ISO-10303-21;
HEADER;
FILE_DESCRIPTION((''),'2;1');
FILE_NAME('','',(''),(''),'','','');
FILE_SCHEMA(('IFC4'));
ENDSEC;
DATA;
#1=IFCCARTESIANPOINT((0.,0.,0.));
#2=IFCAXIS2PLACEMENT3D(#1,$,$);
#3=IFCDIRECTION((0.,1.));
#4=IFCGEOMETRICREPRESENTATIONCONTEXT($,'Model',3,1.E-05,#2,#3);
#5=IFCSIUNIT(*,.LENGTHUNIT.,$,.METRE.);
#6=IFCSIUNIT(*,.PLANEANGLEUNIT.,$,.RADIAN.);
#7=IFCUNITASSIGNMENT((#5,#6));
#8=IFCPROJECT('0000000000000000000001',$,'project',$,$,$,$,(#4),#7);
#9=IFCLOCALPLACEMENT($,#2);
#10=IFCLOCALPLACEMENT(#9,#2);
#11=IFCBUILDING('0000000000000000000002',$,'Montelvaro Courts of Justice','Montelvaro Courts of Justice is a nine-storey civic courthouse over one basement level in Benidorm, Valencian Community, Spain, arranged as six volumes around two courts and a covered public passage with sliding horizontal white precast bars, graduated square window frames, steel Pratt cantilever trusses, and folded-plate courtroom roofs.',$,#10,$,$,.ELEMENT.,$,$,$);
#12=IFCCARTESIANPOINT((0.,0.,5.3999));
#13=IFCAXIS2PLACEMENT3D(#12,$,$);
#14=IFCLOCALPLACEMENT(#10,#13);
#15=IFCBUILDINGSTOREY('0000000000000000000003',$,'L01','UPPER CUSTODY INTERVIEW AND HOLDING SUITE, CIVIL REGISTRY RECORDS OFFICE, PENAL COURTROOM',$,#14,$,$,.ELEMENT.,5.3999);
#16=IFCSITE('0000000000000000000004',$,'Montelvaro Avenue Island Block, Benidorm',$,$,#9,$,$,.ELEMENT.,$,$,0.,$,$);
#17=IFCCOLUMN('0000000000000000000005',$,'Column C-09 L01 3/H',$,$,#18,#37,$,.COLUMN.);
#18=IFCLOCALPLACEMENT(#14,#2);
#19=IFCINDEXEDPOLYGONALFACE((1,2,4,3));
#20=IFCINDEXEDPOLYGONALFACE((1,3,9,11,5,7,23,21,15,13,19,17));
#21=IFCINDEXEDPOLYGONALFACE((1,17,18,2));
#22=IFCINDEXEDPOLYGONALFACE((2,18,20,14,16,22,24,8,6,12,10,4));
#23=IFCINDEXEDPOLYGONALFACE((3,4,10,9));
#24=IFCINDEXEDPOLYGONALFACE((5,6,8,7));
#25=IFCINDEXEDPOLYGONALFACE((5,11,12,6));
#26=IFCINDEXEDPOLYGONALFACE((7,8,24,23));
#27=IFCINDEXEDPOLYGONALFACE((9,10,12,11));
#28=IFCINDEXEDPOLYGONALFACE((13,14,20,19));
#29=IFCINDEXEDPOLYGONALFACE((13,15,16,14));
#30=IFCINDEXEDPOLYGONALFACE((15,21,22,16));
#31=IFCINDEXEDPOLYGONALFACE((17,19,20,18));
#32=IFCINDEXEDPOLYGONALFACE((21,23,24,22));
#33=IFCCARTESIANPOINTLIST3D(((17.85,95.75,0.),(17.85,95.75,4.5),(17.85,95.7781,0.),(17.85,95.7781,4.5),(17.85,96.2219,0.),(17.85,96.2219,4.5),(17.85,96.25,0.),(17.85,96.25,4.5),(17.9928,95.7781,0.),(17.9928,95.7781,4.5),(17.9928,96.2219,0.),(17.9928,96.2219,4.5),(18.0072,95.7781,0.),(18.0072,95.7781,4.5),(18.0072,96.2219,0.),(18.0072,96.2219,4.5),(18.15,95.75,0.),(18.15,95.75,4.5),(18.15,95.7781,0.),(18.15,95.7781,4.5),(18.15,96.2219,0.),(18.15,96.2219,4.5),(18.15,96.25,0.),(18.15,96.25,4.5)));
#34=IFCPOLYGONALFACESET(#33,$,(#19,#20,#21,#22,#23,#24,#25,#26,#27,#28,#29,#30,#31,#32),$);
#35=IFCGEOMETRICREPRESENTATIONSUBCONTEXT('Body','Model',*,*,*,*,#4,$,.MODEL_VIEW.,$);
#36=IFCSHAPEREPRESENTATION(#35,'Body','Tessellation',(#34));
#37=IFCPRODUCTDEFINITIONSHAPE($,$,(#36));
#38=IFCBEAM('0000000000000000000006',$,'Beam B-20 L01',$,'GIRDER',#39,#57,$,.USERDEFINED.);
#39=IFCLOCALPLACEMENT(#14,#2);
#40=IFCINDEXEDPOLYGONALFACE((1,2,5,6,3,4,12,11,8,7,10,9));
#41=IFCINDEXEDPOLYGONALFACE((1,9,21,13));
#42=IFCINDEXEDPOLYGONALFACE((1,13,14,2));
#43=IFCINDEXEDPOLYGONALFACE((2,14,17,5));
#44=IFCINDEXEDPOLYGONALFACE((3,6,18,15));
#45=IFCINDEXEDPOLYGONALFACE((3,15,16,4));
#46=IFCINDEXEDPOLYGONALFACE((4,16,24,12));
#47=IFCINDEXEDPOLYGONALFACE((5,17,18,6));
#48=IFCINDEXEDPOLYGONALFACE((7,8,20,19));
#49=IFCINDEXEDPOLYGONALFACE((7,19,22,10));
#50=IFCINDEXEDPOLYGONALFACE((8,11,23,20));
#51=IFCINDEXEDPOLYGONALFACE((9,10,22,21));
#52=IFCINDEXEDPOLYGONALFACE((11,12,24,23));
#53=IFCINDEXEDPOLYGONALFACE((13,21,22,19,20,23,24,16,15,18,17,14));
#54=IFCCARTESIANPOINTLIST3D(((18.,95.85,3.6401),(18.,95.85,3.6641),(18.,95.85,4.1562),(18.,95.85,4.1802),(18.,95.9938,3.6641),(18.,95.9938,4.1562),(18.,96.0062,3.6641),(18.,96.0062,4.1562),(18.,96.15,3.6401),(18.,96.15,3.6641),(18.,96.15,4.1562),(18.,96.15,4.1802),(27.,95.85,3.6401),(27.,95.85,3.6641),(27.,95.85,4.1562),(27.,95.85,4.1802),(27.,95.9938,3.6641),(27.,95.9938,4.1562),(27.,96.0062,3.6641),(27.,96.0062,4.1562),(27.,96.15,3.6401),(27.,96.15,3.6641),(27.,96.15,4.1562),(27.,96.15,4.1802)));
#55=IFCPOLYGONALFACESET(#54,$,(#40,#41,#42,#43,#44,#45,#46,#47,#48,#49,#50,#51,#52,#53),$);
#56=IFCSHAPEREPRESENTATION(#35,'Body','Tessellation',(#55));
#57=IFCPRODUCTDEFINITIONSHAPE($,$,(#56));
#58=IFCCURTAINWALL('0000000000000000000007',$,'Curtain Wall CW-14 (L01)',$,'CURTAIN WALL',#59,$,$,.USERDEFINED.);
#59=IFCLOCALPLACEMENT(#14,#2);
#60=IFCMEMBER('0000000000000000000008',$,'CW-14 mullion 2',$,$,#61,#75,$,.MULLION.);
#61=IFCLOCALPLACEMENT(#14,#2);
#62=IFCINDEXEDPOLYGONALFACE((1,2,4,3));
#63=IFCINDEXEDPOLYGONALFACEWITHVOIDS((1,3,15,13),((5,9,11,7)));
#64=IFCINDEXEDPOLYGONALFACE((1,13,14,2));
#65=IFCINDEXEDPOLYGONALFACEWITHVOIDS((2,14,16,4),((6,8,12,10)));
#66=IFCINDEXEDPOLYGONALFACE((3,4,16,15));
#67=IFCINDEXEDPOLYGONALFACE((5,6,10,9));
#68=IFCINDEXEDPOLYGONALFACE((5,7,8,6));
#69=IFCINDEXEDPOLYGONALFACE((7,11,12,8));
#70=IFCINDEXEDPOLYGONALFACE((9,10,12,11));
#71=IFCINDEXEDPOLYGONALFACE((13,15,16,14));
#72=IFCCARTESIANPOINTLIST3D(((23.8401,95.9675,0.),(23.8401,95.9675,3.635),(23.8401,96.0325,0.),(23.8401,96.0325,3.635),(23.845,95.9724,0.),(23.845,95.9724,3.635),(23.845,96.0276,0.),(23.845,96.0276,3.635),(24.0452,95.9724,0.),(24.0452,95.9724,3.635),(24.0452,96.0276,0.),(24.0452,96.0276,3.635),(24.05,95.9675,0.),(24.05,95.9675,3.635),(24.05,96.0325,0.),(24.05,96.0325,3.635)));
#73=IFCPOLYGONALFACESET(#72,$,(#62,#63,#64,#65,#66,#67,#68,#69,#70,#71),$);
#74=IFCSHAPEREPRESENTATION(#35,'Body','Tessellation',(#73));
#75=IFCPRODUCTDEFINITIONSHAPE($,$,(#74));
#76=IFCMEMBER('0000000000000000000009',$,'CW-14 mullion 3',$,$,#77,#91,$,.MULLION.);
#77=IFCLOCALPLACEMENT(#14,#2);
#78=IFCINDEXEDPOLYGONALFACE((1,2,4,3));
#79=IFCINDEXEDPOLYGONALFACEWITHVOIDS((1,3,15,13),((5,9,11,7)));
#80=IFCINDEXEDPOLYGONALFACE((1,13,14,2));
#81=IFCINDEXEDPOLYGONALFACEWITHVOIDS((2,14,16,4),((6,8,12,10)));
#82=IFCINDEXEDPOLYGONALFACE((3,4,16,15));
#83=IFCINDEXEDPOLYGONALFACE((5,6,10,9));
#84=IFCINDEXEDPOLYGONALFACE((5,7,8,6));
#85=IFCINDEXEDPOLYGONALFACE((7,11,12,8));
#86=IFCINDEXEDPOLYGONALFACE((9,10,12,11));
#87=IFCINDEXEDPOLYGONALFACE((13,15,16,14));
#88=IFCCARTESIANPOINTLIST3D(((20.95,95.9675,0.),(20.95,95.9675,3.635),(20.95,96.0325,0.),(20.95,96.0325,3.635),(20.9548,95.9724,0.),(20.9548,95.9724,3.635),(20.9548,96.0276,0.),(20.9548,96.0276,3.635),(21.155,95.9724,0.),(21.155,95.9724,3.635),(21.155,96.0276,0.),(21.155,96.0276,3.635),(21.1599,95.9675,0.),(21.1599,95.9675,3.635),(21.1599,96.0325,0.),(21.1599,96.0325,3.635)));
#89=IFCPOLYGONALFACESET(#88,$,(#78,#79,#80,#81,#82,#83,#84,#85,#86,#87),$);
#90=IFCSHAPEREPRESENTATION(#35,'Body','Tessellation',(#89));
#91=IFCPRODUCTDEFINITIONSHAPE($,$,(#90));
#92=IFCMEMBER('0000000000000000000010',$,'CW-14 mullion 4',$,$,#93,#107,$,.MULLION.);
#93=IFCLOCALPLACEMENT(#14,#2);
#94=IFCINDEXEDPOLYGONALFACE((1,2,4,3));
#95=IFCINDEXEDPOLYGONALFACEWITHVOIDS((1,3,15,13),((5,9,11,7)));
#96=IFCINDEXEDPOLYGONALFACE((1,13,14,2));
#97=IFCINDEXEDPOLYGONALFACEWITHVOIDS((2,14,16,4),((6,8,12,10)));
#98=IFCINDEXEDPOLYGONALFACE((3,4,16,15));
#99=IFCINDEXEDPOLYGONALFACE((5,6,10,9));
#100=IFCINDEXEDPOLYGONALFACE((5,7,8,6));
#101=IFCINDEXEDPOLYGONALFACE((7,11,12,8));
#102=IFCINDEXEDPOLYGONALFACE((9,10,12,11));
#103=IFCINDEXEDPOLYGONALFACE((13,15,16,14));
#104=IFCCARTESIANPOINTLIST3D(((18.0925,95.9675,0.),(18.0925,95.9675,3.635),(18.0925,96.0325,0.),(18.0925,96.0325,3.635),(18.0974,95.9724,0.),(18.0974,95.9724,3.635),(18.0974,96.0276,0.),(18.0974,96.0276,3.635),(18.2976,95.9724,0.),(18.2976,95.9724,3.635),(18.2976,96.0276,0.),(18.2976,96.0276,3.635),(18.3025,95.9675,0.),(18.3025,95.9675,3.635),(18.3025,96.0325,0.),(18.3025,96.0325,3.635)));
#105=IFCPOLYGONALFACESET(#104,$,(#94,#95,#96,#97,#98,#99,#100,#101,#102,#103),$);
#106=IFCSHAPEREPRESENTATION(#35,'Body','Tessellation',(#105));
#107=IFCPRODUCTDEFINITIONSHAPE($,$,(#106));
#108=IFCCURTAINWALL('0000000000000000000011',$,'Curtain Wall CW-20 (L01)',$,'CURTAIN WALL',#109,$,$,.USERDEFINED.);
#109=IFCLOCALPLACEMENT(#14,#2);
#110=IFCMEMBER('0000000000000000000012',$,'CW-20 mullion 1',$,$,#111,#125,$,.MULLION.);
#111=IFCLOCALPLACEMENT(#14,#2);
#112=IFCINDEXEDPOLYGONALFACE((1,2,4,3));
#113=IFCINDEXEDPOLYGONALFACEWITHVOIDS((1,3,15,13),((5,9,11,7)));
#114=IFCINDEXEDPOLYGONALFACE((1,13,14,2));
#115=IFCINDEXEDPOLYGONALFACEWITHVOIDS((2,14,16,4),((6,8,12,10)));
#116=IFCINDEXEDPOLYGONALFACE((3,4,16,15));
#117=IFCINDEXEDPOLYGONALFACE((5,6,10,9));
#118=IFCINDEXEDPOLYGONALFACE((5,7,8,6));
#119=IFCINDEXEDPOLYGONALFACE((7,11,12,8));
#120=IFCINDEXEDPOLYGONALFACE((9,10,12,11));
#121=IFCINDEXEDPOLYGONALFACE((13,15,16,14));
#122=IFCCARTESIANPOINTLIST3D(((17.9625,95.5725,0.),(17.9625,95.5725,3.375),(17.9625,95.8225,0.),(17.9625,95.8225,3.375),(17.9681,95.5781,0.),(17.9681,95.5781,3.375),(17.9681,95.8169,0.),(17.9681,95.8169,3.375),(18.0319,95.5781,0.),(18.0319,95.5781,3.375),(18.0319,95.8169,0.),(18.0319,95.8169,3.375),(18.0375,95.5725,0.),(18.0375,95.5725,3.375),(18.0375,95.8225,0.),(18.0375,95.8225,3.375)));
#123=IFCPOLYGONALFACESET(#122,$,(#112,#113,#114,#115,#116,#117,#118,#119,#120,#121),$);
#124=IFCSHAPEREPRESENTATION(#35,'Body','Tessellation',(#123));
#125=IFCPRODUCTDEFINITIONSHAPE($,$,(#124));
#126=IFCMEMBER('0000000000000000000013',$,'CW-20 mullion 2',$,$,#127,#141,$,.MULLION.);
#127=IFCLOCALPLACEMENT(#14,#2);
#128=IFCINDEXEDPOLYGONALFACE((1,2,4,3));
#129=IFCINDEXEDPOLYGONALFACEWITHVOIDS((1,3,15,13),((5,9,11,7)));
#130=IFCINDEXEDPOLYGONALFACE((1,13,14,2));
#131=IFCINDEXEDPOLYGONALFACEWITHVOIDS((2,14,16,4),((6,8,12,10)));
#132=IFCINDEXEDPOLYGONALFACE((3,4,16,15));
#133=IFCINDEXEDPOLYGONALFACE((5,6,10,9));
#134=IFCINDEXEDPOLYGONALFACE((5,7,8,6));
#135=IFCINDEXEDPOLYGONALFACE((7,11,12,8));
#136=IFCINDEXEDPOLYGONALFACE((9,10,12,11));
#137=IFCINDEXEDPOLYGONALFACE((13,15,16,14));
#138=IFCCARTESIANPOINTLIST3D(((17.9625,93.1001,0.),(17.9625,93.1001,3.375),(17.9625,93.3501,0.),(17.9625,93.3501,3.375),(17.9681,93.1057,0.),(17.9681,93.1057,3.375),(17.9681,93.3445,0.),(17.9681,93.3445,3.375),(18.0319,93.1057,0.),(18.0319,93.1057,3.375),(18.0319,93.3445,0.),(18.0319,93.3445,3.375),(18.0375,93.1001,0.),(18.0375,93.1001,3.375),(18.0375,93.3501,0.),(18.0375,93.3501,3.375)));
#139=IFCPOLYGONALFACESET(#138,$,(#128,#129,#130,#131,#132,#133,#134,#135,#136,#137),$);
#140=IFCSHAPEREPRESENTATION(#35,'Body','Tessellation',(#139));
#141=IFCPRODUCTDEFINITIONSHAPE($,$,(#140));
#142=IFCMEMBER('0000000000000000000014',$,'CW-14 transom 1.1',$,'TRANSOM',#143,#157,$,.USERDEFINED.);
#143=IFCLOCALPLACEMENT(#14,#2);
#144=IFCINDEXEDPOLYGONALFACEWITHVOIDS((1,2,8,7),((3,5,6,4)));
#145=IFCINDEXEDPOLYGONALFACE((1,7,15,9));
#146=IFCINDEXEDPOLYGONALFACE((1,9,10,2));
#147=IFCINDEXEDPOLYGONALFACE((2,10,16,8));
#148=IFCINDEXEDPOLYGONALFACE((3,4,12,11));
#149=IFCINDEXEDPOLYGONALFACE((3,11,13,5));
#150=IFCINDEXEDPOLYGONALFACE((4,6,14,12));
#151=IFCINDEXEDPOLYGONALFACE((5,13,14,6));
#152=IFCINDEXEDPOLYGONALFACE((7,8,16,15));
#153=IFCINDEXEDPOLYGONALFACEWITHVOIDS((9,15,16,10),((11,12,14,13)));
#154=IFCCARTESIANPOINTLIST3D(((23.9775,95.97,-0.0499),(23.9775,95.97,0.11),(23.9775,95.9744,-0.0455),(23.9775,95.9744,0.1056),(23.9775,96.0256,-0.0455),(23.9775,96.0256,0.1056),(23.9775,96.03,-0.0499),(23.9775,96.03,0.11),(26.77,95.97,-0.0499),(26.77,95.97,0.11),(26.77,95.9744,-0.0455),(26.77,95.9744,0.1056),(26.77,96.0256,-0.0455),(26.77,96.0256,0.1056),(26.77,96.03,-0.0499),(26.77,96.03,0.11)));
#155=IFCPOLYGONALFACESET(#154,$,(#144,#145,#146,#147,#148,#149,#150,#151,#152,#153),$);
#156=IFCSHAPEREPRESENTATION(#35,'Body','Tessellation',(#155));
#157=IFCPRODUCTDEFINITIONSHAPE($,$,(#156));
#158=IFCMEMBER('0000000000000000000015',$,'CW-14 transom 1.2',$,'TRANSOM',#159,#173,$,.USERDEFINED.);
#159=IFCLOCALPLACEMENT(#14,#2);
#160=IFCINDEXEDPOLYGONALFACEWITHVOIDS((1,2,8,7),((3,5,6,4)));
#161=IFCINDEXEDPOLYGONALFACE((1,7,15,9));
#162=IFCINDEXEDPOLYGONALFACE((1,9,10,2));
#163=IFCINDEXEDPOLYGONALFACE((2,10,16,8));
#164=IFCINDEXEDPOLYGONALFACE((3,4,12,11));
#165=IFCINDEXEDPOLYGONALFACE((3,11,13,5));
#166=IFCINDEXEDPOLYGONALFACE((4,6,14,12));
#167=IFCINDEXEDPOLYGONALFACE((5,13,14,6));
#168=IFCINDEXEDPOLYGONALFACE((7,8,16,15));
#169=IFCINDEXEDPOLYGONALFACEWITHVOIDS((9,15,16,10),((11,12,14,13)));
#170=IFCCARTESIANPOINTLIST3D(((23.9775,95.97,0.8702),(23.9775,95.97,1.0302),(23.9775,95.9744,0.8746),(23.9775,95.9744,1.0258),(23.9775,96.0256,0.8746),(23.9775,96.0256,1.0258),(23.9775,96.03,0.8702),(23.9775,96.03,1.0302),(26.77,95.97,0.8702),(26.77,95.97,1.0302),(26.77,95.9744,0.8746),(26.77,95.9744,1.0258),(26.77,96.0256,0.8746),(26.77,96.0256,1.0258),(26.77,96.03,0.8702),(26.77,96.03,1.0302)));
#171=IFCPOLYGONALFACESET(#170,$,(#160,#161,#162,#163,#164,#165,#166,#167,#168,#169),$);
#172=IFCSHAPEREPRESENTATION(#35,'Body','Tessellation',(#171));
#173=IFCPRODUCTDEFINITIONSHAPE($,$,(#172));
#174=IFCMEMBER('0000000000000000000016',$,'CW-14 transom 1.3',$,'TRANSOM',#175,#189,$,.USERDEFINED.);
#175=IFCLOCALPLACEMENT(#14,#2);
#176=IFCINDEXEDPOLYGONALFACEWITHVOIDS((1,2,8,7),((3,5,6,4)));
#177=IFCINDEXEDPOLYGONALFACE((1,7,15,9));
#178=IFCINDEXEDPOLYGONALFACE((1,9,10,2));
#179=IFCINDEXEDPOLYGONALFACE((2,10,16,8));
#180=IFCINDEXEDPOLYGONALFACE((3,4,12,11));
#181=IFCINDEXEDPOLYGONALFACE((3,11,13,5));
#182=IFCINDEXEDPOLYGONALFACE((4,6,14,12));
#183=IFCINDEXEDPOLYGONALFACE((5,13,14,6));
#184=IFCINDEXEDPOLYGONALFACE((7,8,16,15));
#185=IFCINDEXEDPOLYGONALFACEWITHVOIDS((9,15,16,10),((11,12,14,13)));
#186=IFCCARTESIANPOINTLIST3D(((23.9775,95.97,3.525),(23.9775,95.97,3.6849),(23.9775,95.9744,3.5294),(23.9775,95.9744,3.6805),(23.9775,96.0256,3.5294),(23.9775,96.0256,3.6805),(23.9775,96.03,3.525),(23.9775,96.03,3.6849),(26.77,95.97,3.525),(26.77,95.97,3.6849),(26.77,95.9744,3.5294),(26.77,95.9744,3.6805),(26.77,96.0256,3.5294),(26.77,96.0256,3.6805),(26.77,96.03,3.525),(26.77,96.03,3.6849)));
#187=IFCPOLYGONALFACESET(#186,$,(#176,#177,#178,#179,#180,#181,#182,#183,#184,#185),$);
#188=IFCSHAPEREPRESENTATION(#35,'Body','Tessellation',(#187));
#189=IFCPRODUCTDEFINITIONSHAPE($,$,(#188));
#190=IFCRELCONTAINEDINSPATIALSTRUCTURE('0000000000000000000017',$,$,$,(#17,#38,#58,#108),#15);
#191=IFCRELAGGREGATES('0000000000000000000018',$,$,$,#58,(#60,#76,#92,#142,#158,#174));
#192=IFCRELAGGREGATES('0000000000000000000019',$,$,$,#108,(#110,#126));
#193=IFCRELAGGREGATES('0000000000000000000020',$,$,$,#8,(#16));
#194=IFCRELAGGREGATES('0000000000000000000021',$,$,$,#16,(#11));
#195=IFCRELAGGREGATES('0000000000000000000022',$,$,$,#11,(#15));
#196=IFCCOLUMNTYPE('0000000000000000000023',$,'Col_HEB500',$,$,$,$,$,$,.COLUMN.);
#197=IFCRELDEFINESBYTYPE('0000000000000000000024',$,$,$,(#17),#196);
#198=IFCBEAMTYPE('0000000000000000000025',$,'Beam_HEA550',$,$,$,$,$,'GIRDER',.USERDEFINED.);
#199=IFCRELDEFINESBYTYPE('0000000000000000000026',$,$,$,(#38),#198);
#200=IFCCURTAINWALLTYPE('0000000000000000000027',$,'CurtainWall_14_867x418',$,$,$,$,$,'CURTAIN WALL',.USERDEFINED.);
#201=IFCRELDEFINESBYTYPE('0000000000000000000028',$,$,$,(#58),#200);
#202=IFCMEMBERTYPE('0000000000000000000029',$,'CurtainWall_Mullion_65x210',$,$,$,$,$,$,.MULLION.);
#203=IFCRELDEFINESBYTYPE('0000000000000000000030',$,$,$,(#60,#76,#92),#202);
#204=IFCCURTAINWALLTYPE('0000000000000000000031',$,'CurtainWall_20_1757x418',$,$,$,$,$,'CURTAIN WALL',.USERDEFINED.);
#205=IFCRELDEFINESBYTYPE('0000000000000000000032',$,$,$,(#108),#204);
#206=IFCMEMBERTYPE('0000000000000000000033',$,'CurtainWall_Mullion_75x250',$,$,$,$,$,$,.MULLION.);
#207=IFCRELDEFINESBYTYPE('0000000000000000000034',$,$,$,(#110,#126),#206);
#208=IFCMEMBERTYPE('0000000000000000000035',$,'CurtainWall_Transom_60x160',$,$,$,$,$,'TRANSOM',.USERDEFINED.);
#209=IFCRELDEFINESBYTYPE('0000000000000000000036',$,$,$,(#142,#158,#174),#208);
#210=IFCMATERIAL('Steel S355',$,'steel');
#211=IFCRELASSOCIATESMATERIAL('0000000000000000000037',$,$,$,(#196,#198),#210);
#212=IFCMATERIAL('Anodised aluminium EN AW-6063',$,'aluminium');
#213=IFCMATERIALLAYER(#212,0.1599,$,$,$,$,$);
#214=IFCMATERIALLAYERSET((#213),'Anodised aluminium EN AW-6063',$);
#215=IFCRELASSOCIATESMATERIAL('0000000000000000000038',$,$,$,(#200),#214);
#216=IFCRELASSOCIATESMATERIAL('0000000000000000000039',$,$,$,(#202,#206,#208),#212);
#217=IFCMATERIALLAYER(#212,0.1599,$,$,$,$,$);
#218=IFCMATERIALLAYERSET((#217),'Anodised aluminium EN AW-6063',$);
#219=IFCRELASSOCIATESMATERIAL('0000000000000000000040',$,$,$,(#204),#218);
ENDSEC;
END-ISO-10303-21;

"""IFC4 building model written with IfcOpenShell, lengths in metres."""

from ifc_helpers import new_model, si_unit, direction, frame, origin, origin_2d, place, context, subcontext, project, spatial, hollow_rectangle, i_section, extrude, material, layer, layer_set, material_profile, profile_set, type_object, element, aggregate, save


model = new_model("IFC4")

# Units and contexts
model_context = context("Model", 3, precision=1e-05, world=origin(), true_north=direction((0.0, 1.0)))
body_context = subcontext(model_context, "Body", "Model", "MODEL_VIEW")
ifc_project = project(units=[si_unit("LENGTHUNIT", "METRE"), si_unit("PLANEANGLEUNIT", "RADIAN")], contexts=[model_context])

# Site, building, storey
site_placement = place(None, origin())
site = spatial("IfcSite", under=ifc_project, at=site_placement, Name="Montelvaro Avenue Island Block, Benidorm", CompositionType="ELEMENT", RefElevation=0.0)
building_placement = place(site_placement, origin())
building = spatial("IfcBuilding", under=site, at=building_placement, Name="Montelvaro Courts of Justice", Description="Montelvaro Courts of Justice is a nine-storey civic courthouse over one basement level in Benidorm, Valencian Community, Spain, arranged as six volumes around two courts and a covered public passage with sliding horizontal white precast bars, graduated square window frames, steel Pratt cantilever trusses, and folded-plate courtroom roofs.", CompositionType="ELEMENT")
storey_placement = place(building_placement, frame((0.0, 0.0, 5.3999)))
storey = spatial("IfcBuildingStorey", under=building, at=storey_placement, Name="L01", Description="UPPER CUSTODY INTERVIEW AND HOLDING SUITE, CIVIL REGISTRY RECORDS OFFICE, PENAL COURTROOM", CompositionType="ELEMENT", Elevation=5.3999)

# Column
ifc_material_1 = material(Name="Steel S355", Category="steel")
ifc_material_profile_1 = material_profile(ifc_material_1, i_section(OverallWidth=0.3, OverallDepth=0.5, WebThickness=0.0144, FlangeThickness=0.0281, at=origin_2d()), Name="HEB 500")
ifc_profile_set_1 = profile_set([ifc_material_profile_1], Name="Steel S355")
column_type = type_object("IfcColumnType", Name="Col_HEB500", PredefinedType="COLUMN", material=ifc_profile_set_1)
column_placement = place(storey_placement, frame((18.0, 96.0, 0.0), z_axis=(0.0, 0.0, 1.0), x_axis=(1.0, 0.0, 0.0)))
element("IfcColumn", 1, at=column_placement, inside=storey, type_object=column_type, Name="Column C-09 L01 3/H", PredefinedType="COLUMN", context=body_context, shape_type="SweptSolid", body=[
    extrude(i_section(OverallWidth=0.3, OverallDepth=0.5, WebThickness=0.0144, FlangeThickness=0.0281, at=origin_2d()), origin(), (0.0, 0.0, 1.0), 4.5),
])

# Beam
ifc_material_profile_2 = material_profile(ifc_material_1, i_section(OverallWidth=0.3, OverallDepth=0.54, WebThickness=0.0125, FlangeThickness=0.0239, at=origin_2d()), Name="HEA 550")
ifc_profile_set_2 = profile_set([ifc_material_profile_2], Name="Steel S355")
beam_type = type_object("IfcBeamType", Name="Beam_HEA550", ElementType="GIRDER", PredefinedType="USERDEFINED", material=ifc_profile_set_2)
beam_placement = place(storey_placement, frame((18.0, 96.0, 3.9102), z_axis=(1.0, 0.0, 0.0), x_axis=(0.0, 1.0, 0.0)))
element("IfcBeam", 2, at=beam_placement, inside=storey, type_object=beam_type, Name="Beam B-20 L01", ObjectType="GIRDER", PredefinedType="USERDEFINED", context=body_context, shape_type="SweptSolid", body=[
    extrude(i_section(OverallWidth=0.3, OverallDepth=0.54, WebThickness=0.0125, FlangeThickness=0.0239, at=origin_2d()), origin(), (0.0, 0.0, 1.0), 9.0),
])

# Curtain walls, members
ifc_material_2 = material(Name="Anodised aluminium EN AW-6063", Category="aluminium")
ifc_layer_1 = layer(ifc_material_2, 0.1599)
ifc_layer_set_1 = layer_set([ifc_layer_1], Name="Anodised aluminium EN AW-6063")
curtain_wall_type_1 = type_object("IfcCurtainWallType", Name="CurtainWall_14_867x418", ElementType="CURTAIN WALL", PredefinedType="USERDEFINED", material=ifc_layer_set_1)
curtain_wall_1_placement = place(storey_placement, origin())
curtain_wall_1 = element("IfcCurtainWall", 3, at=curtain_wall_1_placement, inside=storey, type_object=curtain_wall_type_1, Name="Curtain Wall CW-14 (L01)", ObjectType="CURTAIN WALL", PredefinedType="USERDEFINED")
ifc_material_profile_3 = material_profile(ifc_material_2, hollow_rectangle(XDim=0.0649, YDim=0.21, WallThickness=0.0049, at=origin_2d()), Name="ALU-M 65x210")
ifc_profile_set_3 = profile_set([ifc_material_profile_3], Name="Anodised aluminium EN AW-6063")
member_type_1 = type_object("IfcMemberType", Name="CurtainWall_Mullion_65x210", PredefinedType="MULLION", material=ifc_profile_set_3)
member_1_placement = place(storey_placement, frame((23.9451, 96.0, 0.0), z_axis=(0.0, 0.0, 1.0), x_axis=(0.0, -1.0, 0.0)))
member_1 = element("IfcMember", 4, at=member_1_placement, type_object=member_type_1, Name="CW-14 mullion 2", PredefinedType="MULLION", context=body_context, shape_type="SweptSolid", body=[
    extrude(hollow_rectangle(XDim=0.0649, YDim=0.21, WallThickness=0.0049, at=origin_2d()), origin(), (0.0, 0.0, 1.0), 3.635),
])
member_2_placement = place(storey_placement, frame((21.0549, 96.0, 0.0), z_axis=(0.0, 0.0, 1.0), x_axis=(0.0, -1.0, 0.0)))
member_2 = element("IfcMember", 5, at=member_2_placement, type_object=member_type_1, Name="CW-14 mullion 3", PredefinedType="MULLION", context=body_context, shape_type="SweptSolid", body=[
    extrude(hollow_rectangle(XDim=0.0649, YDim=0.21, WallThickness=0.0049, at=origin_2d()), origin(), (0.0, 0.0, 1.0), 3.635),
])
member_3_placement = place(storey_placement, frame((18.1975, 96.0, 0.0), z_axis=(0.0, 0.0, 1.0), x_axis=(0.0, -1.0, 0.0)))
member_3 = element("IfcMember", 6, at=member_3_placement, type_object=member_type_1, Name="CW-14 mullion 4", PredefinedType="MULLION", context=body_context, shape_type="SweptSolid", body=[
    extrude(hollow_rectangle(XDim=0.0649, YDim=0.21, WallThickness=0.0049, at=origin_2d()), origin(), (0.0, 0.0, 1.0), 3.635),
])
ifc_layer_2 = layer(ifc_material_2, 0.1599)
ifc_layer_set_2 = layer_set([ifc_layer_2], Name="Anodised aluminium EN AW-6063")
curtain_wall_type_2 = type_object("IfcCurtainWallType", Name="CurtainWall_20_1757x418", ElementType="CURTAIN WALL", PredefinedType="USERDEFINED", material=ifc_layer_set_2)
curtain_wall_2_placement = place(storey_placement, origin())
curtain_wall_2 = element("IfcCurtainWall", 7, at=curtain_wall_2_placement, inside=storey, type_object=curtain_wall_type_2, Name="Curtain Wall CW-20 (L01)", ObjectType="CURTAIN WALL", PredefinedType="USERDEFINED")
ifc_material_profile_4 = material_profile(ifc_material_2, hollow_rectangle(XDim=0.075, YDim=0.25, WallThickness=0.0056, at=origin_2d()), Name="ALU-M 75x250")
ifc_profile_set_4 = profile_set([ifc_material_profile_4], Name="Anodised aluminium EN AW-6063")
member_type_2 = type_object("IfcMemberType", Name="CurtainWall_Mullion_75x250", PredefinedType="MULLION", material=ifc_profile_set_4)
member_4_placement = place(storey_placement, frame((18.0, 95.6975, 0.0), z_axis=(0.0, 0.0, 1.0), x_axis=(1.0, 0.0, 0.0)))
member_4 = element("IfcMember", 8, at=member_4_placement, type_object=member_type_2, Name="CW-20 mullion 1", PredefinedType="MULLION", context=body_context, shape_type="SweptSolid", body=[
    extrude(hollow_rectangle(XDim=0.075, YDim=0.25, WallThickness=0.0056, at=origin_2d()), origin(), (0.0, 0.0, 1.0), 3.375),
])
member_5_placement = place(storey_placement, frame((18.0, 93.2251, 0.0), z_axis=(0.0, 0.0, 1.0), x_axis=(1.0, 0.0, 0.0)))
member_5 = element("IfcMember", 9, at=member_5_placement, type_object=member_type_2, Name="CW-20 mullion 2", PredefinedType="MULLION", context=body_context, shape_type="SweptSolid", body=[
    extrude(hollow_rectangle(XDim=0.075, YDim=0.25, WallThickness=0.0056, at=origin_2d()), origin(), (0.0, 0.0, 1.0), 3.375),
])

# Members
ifc_material_profile_5 = material_profile(ifc_material_2, hollow_rectangle(XDim=0.0601, YDim=0.1599, WallThickness=0.0044, at=origin_2d()), Name="ALU-T 60x160")
ifc_profile_set_5 = profile_set([ifc_material_profile_5], Name="Anodised aluminium EN AW-6063")
member_type_3 = type_object("IfcMemberType", Name="CurtainWall_Transom_60x160", ElementType="TRANSOM", PredefinedType="USERDEFINED", material=ifc_profile_set_5)
member_6_placement = place(storey_placement, frame((26.77, 96.0, 0.03), z_axis=(-1.0, 0.0, 0.0), x_axis=(0.0, -1.0, 0.0)))
member_6 = element("IfcMember", 10, at=member_6_placement, type_object=member_type_3, Name="CW-14 transom 1.1", ObjectType="TRANSOM", PredefinedType="USERDEFINED", context=body_context, shape_type="SweptSolid", body=[
    extrude(hollow_rectangle(XDim=0.0601, YDim=0.1599, WallThickness=0.0044, at=origin_2d()), origin(), (0.0, 0.0, 1.0), 2.7925),
])
member_7_placement = place(storey_placement, frame((26.77, 96.0, 0.9502), z_axis=(-1.0, 0.0, 0.0), x_axis=(0.0, -1.0, 0.0)))
member_7 = element("IfcMember", 11, at=member_7_placement, type_object=member_type_3, Name="CW-14 transom 1.2", ObjectType="TRANSOM", PredefinedType="USERDEFINED", context=body_context, shape_type="SweptSolid", body=[
    extrude(hollow_rectangle(XDim=0.0601, YDim=0.1599, WallThickness=0.0044, at=origin_2d()), origin(), (0.0, 0.0, 1.0), 2.7925),
])
member_8_placement = place(storey_placement, frame((26.77, 96.0, 3.605), z_axis=(-1.0, 0.0, 0.0), x_axis=(0.0, -1.0, 0.0)))
member_8 = element("IfcMember", 12, at=member_8_placement, type_object=member_type_3, Name="CW-14 transom 1.3", ObjectType="TRANSOM", PredefinedType="USERDEFINED", context=body_context, shape_type="SweptSolid", body=[
    extrude(hollow_rectangle(XDim=0.0601, YDim=0.1599, WallThickness=0.0044, at=origin_2d()), origin(), (0.0, 0.0, 1.0), 2.7925),
])

aggregate(curtain_wall_1, [member_1, member_2, member_3, member_6, member_7, member_8])
aggregate(curtain_wall_2, [member_4, member_5])

save(model, "model.ifc")
